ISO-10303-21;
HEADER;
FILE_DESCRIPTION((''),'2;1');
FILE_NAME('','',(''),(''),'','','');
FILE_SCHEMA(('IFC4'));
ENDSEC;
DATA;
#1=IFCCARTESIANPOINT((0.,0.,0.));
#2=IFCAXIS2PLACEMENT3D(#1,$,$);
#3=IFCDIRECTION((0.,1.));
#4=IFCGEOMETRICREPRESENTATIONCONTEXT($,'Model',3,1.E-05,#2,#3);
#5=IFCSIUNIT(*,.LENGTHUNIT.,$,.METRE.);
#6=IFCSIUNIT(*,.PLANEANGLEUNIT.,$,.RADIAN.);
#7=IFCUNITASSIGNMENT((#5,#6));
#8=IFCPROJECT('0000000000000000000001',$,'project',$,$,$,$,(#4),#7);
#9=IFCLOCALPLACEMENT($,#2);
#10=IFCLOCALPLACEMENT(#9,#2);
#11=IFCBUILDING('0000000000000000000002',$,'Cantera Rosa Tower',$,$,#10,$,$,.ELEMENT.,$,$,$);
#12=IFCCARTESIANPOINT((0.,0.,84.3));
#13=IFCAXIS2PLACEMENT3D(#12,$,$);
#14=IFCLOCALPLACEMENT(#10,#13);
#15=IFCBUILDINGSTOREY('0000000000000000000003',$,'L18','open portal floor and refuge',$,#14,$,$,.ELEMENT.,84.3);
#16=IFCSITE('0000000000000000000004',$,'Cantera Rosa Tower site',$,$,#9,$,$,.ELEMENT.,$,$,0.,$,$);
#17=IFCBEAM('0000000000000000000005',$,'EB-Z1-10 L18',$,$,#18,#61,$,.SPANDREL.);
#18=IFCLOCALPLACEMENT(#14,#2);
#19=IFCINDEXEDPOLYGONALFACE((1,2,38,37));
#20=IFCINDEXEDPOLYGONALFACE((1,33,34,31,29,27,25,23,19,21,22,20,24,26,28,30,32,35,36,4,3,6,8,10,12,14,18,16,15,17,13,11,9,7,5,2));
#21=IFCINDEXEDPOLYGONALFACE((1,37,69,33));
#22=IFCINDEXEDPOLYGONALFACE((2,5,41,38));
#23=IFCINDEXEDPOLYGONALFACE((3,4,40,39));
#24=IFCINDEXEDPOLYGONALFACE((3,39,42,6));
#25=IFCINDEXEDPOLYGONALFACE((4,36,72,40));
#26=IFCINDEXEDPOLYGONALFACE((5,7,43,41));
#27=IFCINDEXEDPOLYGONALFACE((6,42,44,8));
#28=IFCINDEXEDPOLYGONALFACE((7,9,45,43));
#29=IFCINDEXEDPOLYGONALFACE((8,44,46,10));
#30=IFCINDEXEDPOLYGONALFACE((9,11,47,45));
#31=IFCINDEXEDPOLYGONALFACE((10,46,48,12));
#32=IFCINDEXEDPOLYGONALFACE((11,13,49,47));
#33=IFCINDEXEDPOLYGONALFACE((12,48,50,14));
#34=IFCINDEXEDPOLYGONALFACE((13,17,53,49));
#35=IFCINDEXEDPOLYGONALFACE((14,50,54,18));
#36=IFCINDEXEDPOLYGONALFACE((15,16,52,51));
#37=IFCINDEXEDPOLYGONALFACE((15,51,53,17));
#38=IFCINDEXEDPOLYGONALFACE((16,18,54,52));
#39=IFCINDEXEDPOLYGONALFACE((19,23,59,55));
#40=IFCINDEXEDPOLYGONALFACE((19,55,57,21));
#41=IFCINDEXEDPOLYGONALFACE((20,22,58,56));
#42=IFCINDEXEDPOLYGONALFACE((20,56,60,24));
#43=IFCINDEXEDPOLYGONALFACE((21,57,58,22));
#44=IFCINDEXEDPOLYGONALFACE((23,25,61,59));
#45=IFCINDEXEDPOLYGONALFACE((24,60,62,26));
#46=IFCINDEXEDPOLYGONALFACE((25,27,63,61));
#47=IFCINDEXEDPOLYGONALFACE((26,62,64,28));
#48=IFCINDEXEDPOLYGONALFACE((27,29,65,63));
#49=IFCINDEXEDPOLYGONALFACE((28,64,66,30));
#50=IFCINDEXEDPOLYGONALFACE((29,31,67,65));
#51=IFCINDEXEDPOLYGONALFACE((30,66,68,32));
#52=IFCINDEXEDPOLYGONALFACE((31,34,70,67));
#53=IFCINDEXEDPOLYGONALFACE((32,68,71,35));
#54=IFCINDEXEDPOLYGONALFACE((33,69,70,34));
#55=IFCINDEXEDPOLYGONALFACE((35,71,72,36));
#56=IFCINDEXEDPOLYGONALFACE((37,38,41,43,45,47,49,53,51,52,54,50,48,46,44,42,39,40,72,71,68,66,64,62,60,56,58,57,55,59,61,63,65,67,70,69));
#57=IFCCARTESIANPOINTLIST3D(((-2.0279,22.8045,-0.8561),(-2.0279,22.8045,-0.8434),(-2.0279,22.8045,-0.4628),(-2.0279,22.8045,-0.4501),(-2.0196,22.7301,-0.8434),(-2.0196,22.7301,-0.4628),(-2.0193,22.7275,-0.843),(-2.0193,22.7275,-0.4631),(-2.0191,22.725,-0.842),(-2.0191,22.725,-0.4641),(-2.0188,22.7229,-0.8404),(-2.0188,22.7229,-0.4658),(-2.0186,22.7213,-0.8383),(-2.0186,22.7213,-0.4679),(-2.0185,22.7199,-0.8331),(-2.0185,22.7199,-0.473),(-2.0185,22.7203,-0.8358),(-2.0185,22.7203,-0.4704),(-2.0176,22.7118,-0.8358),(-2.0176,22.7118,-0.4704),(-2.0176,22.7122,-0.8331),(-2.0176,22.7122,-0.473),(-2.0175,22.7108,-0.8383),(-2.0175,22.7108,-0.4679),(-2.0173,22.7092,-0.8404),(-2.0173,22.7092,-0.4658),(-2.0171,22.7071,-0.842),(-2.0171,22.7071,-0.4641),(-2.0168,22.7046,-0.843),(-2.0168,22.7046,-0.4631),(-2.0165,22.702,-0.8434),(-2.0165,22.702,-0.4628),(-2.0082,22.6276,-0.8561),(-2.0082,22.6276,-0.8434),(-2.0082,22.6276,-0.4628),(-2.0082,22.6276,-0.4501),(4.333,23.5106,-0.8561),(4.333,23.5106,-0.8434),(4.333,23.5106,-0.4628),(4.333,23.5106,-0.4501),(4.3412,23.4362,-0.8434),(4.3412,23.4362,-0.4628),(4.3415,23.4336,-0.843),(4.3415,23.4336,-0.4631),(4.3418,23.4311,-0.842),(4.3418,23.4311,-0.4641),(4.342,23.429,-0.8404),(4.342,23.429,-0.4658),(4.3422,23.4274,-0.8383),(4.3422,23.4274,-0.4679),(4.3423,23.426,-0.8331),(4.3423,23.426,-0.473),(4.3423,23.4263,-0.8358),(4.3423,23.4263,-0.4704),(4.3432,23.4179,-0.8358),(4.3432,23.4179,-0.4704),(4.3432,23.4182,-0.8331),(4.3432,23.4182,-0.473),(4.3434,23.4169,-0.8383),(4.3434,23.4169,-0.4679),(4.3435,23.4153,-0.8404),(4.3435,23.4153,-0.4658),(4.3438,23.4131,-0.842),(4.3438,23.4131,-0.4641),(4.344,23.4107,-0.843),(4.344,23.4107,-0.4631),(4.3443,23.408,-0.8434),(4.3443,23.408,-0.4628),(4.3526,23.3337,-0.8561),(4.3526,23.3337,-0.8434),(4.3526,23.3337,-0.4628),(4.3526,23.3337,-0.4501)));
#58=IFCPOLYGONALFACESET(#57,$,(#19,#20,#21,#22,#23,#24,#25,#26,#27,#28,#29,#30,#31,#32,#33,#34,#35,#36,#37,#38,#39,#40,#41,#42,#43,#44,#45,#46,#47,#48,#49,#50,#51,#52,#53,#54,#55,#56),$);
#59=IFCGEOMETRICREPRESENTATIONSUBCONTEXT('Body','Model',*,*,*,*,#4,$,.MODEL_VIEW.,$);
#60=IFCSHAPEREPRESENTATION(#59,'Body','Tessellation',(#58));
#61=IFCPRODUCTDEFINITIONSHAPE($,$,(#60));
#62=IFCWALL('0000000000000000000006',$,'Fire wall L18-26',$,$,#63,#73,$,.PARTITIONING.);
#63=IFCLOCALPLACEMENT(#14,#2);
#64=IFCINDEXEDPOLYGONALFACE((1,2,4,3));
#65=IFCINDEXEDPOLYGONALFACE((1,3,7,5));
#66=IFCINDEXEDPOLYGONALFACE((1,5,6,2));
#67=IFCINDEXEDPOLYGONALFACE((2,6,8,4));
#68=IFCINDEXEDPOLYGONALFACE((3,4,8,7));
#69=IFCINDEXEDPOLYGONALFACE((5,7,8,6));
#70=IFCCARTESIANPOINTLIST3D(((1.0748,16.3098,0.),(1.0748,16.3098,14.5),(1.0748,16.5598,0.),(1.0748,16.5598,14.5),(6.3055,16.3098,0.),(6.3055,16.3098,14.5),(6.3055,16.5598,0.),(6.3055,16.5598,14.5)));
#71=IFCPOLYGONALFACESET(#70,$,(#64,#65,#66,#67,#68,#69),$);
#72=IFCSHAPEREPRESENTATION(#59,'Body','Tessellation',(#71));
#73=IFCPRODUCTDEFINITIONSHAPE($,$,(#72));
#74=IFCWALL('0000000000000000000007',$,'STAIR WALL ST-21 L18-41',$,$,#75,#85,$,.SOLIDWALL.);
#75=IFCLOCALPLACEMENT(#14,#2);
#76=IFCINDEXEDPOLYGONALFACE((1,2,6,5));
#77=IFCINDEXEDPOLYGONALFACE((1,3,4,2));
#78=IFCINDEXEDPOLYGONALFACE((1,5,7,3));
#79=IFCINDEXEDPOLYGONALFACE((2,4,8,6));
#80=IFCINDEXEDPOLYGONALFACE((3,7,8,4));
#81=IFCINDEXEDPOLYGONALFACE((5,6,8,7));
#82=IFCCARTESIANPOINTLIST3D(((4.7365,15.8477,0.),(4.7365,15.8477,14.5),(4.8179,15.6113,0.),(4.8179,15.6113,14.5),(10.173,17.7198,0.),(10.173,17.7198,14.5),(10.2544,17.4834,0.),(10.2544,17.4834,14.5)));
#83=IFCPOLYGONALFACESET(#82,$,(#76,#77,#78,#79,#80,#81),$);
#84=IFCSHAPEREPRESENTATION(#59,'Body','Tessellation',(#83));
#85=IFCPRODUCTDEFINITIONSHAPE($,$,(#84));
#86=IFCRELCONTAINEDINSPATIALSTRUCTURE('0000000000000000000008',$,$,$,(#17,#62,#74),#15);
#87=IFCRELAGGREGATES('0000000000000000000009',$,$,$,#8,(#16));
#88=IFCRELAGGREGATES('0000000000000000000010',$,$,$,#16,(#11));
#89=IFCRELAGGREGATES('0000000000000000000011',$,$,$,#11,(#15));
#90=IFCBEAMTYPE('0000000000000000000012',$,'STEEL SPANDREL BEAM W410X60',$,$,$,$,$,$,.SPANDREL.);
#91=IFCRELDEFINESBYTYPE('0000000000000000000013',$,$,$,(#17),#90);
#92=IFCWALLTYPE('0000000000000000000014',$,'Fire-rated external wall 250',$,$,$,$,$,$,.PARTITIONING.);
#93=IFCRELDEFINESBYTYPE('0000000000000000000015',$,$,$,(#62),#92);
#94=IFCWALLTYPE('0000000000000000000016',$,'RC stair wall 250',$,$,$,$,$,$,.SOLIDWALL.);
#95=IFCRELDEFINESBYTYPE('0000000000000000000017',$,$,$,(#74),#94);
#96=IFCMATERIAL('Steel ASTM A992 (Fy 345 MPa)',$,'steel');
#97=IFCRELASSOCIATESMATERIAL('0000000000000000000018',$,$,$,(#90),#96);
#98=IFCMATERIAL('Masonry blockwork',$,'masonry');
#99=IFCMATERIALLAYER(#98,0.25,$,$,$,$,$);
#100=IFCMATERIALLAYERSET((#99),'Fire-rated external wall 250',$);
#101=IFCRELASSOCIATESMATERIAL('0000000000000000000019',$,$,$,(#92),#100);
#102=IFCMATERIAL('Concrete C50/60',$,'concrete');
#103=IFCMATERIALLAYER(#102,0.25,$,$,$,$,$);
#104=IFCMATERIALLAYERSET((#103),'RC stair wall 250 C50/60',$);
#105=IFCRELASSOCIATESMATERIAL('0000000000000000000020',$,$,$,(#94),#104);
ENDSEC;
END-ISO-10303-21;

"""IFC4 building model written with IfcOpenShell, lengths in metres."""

from ifc_helpers import new_model, si_unit, direction, frame, frame_2d, origin, origin_2d, place, context, subcontext, project, spatial, rectangle, i_section, extrude, material, layer, layer_set, material_profile, profile_set, type_object, element, save


model = new_model("IFC4")

# Units and contexts
model_context = context("Model", 3, precision=1e-05, world=origin(), true_north=direction((0.0, 1.0)))
body_context = subcontext(model_context, "Body", "Model", "MODEL_VIEW")
ifc_project = project(units=[si_unit("LENGTHUNIT", "METRE"), si_unit("PLANEANGLEUNIT", "RADIAN")], contexts=[model_context])

# Site, building, storey
site_placement = place(None, origin())
site = spatial("IfcSite", under=ifc_project, at=site_placement, Name="Cantera Rosa Tower site", CompositionType="ELEMENT", RefElevation=0.0)
building_placement = place(site_placement, origin())
building = spatial("IfcBuilding", under=site, at=building_placement, Name="Cantera Rosa Tower", CompositionType="ELEMENT")
storey_placement = place(building_placement, frame((0.0, 0.0, 84.3)))
storey = spatial("IfcBuildingStorey", under=building, at=storey_placement, Name="L18", Description="open portal floor and refuge", CompositionType="ELEMENT", Elevation=84.3)

# Beam
ifc_material_1 = material(Name="Steel ASTM A992 (Fy 345 MPa)", Category="steel")
ifc_material_profile_1 = material_profile(ifc_material_1, i_section(OverallWidth=0.178, OverallDepth=0.406, WebThickness=0.0078, FlangeThickness=0.0127, FilletRadius=0.0103, at=origin_2d()), Name="W410X60")
ifc_profile_set_1 = profile_set([ifc_material_profile_1], Name="Steel ASTM A992 (Fy 345 MPa)")
beam_type_1 = type_object("IfcBeamType", Name="STEEL SPANDREL BEAM W410X60", PredefinedType="SPANDREL", material=ifc_profile_set_1)
beam_1_placement = place(storey_placement, frame((4.3428, 23.4221, -0.6531), z_axis=(-0.993896, -0.110323, 0.0), x_axis=(0.110323, -0.993896, 0.0)))
element("IfcBeam", 1, at=beam_1_placement, inside=storey, type_object=beam_type_1, Name="EB-Z1-10 L18", PredefinedType="SPANDREL", context=body_context, shape_type="SweptSolid", body=[
    extrude(i_section(OverallWidth=0.178, OverallDepth=0.406, WebThickness=0.0078, FlangeThickness=0.0127, FilletRadius=0.0103, at=origin_2d()), origin(), (0.0, 0.0, 1.0), 6.3999),
])

# Walls
ifc_material_2 = material(Name="Masonry blockwork", Category="masonry")
ifc_layer_1 = layer(ifc_material_2, 0.25)
ifc_layer_set_1 = layer_set([ifc_layer_1], Name="Fire-rated external wall 250")
wall_type_1 = type_object("IfcWallType", Name="Fire-rated external wall 250", PredefinedType="PARTITIONING", material=ifc_layer_set_1)
wall_1_placement = place(storey_placement, frame((1.075, 16.4348, 0.0), z_axis=(0.0, 0.0, 1.0), x_axis=(1.0, 0.0, 0.0)))
element("IfcWall", 2, at=wall_1_placement, inside=storey, type_object=wall_type_1, Name="Fire wall L18-26", PredefinedType="PARTITIONING", context=body_context, shape_type="SweptSolid", body=[
    extrude(rectangle(XDim=5.2307, YDim=0.25, at=frame_2d((2.6152, 0.0))), origin(), (0.0, 0.0, 1.0), 14.5),
])
ifc_material_3 = material(Name="Concrete C50/60", Category="concrete")
ifc_layer_2 = layer(ifc_material_3, 0.25)
ifc_layer_set_2 = layer_set([ifc_layer_2], Name="RC stair wall 250 C50/60")
wall_type_2 = type_object("IfcWallType", Name="RC stair wall 250", PredefinedType="SOLIDWALL", material=ifc_layer_set_2)
wall_2_placement = place(storey_placement, frame((4.7771, 15.7295, 0.0), z_axis=(0.0, 0.0, 1.0), x_axis=(0.945512, 0.325588, 0.0)))
element("IfcWall", 3, at=wall_2_placement, inside=storey, type_object=wall_type_2, Name="STAIR WALL ST-21 L18-41", PredefinedType="SOLIDWALL", context=body_context, shape_type="SweptSolid", body=[
    extrude(rectangle(XDim=5.7498, YDim=0.25, at=frame_2d((2.875, 0.0))), origin(), (0.0, 0.0, 1.0), 14.5),
])

save(model, "model.ifc")
